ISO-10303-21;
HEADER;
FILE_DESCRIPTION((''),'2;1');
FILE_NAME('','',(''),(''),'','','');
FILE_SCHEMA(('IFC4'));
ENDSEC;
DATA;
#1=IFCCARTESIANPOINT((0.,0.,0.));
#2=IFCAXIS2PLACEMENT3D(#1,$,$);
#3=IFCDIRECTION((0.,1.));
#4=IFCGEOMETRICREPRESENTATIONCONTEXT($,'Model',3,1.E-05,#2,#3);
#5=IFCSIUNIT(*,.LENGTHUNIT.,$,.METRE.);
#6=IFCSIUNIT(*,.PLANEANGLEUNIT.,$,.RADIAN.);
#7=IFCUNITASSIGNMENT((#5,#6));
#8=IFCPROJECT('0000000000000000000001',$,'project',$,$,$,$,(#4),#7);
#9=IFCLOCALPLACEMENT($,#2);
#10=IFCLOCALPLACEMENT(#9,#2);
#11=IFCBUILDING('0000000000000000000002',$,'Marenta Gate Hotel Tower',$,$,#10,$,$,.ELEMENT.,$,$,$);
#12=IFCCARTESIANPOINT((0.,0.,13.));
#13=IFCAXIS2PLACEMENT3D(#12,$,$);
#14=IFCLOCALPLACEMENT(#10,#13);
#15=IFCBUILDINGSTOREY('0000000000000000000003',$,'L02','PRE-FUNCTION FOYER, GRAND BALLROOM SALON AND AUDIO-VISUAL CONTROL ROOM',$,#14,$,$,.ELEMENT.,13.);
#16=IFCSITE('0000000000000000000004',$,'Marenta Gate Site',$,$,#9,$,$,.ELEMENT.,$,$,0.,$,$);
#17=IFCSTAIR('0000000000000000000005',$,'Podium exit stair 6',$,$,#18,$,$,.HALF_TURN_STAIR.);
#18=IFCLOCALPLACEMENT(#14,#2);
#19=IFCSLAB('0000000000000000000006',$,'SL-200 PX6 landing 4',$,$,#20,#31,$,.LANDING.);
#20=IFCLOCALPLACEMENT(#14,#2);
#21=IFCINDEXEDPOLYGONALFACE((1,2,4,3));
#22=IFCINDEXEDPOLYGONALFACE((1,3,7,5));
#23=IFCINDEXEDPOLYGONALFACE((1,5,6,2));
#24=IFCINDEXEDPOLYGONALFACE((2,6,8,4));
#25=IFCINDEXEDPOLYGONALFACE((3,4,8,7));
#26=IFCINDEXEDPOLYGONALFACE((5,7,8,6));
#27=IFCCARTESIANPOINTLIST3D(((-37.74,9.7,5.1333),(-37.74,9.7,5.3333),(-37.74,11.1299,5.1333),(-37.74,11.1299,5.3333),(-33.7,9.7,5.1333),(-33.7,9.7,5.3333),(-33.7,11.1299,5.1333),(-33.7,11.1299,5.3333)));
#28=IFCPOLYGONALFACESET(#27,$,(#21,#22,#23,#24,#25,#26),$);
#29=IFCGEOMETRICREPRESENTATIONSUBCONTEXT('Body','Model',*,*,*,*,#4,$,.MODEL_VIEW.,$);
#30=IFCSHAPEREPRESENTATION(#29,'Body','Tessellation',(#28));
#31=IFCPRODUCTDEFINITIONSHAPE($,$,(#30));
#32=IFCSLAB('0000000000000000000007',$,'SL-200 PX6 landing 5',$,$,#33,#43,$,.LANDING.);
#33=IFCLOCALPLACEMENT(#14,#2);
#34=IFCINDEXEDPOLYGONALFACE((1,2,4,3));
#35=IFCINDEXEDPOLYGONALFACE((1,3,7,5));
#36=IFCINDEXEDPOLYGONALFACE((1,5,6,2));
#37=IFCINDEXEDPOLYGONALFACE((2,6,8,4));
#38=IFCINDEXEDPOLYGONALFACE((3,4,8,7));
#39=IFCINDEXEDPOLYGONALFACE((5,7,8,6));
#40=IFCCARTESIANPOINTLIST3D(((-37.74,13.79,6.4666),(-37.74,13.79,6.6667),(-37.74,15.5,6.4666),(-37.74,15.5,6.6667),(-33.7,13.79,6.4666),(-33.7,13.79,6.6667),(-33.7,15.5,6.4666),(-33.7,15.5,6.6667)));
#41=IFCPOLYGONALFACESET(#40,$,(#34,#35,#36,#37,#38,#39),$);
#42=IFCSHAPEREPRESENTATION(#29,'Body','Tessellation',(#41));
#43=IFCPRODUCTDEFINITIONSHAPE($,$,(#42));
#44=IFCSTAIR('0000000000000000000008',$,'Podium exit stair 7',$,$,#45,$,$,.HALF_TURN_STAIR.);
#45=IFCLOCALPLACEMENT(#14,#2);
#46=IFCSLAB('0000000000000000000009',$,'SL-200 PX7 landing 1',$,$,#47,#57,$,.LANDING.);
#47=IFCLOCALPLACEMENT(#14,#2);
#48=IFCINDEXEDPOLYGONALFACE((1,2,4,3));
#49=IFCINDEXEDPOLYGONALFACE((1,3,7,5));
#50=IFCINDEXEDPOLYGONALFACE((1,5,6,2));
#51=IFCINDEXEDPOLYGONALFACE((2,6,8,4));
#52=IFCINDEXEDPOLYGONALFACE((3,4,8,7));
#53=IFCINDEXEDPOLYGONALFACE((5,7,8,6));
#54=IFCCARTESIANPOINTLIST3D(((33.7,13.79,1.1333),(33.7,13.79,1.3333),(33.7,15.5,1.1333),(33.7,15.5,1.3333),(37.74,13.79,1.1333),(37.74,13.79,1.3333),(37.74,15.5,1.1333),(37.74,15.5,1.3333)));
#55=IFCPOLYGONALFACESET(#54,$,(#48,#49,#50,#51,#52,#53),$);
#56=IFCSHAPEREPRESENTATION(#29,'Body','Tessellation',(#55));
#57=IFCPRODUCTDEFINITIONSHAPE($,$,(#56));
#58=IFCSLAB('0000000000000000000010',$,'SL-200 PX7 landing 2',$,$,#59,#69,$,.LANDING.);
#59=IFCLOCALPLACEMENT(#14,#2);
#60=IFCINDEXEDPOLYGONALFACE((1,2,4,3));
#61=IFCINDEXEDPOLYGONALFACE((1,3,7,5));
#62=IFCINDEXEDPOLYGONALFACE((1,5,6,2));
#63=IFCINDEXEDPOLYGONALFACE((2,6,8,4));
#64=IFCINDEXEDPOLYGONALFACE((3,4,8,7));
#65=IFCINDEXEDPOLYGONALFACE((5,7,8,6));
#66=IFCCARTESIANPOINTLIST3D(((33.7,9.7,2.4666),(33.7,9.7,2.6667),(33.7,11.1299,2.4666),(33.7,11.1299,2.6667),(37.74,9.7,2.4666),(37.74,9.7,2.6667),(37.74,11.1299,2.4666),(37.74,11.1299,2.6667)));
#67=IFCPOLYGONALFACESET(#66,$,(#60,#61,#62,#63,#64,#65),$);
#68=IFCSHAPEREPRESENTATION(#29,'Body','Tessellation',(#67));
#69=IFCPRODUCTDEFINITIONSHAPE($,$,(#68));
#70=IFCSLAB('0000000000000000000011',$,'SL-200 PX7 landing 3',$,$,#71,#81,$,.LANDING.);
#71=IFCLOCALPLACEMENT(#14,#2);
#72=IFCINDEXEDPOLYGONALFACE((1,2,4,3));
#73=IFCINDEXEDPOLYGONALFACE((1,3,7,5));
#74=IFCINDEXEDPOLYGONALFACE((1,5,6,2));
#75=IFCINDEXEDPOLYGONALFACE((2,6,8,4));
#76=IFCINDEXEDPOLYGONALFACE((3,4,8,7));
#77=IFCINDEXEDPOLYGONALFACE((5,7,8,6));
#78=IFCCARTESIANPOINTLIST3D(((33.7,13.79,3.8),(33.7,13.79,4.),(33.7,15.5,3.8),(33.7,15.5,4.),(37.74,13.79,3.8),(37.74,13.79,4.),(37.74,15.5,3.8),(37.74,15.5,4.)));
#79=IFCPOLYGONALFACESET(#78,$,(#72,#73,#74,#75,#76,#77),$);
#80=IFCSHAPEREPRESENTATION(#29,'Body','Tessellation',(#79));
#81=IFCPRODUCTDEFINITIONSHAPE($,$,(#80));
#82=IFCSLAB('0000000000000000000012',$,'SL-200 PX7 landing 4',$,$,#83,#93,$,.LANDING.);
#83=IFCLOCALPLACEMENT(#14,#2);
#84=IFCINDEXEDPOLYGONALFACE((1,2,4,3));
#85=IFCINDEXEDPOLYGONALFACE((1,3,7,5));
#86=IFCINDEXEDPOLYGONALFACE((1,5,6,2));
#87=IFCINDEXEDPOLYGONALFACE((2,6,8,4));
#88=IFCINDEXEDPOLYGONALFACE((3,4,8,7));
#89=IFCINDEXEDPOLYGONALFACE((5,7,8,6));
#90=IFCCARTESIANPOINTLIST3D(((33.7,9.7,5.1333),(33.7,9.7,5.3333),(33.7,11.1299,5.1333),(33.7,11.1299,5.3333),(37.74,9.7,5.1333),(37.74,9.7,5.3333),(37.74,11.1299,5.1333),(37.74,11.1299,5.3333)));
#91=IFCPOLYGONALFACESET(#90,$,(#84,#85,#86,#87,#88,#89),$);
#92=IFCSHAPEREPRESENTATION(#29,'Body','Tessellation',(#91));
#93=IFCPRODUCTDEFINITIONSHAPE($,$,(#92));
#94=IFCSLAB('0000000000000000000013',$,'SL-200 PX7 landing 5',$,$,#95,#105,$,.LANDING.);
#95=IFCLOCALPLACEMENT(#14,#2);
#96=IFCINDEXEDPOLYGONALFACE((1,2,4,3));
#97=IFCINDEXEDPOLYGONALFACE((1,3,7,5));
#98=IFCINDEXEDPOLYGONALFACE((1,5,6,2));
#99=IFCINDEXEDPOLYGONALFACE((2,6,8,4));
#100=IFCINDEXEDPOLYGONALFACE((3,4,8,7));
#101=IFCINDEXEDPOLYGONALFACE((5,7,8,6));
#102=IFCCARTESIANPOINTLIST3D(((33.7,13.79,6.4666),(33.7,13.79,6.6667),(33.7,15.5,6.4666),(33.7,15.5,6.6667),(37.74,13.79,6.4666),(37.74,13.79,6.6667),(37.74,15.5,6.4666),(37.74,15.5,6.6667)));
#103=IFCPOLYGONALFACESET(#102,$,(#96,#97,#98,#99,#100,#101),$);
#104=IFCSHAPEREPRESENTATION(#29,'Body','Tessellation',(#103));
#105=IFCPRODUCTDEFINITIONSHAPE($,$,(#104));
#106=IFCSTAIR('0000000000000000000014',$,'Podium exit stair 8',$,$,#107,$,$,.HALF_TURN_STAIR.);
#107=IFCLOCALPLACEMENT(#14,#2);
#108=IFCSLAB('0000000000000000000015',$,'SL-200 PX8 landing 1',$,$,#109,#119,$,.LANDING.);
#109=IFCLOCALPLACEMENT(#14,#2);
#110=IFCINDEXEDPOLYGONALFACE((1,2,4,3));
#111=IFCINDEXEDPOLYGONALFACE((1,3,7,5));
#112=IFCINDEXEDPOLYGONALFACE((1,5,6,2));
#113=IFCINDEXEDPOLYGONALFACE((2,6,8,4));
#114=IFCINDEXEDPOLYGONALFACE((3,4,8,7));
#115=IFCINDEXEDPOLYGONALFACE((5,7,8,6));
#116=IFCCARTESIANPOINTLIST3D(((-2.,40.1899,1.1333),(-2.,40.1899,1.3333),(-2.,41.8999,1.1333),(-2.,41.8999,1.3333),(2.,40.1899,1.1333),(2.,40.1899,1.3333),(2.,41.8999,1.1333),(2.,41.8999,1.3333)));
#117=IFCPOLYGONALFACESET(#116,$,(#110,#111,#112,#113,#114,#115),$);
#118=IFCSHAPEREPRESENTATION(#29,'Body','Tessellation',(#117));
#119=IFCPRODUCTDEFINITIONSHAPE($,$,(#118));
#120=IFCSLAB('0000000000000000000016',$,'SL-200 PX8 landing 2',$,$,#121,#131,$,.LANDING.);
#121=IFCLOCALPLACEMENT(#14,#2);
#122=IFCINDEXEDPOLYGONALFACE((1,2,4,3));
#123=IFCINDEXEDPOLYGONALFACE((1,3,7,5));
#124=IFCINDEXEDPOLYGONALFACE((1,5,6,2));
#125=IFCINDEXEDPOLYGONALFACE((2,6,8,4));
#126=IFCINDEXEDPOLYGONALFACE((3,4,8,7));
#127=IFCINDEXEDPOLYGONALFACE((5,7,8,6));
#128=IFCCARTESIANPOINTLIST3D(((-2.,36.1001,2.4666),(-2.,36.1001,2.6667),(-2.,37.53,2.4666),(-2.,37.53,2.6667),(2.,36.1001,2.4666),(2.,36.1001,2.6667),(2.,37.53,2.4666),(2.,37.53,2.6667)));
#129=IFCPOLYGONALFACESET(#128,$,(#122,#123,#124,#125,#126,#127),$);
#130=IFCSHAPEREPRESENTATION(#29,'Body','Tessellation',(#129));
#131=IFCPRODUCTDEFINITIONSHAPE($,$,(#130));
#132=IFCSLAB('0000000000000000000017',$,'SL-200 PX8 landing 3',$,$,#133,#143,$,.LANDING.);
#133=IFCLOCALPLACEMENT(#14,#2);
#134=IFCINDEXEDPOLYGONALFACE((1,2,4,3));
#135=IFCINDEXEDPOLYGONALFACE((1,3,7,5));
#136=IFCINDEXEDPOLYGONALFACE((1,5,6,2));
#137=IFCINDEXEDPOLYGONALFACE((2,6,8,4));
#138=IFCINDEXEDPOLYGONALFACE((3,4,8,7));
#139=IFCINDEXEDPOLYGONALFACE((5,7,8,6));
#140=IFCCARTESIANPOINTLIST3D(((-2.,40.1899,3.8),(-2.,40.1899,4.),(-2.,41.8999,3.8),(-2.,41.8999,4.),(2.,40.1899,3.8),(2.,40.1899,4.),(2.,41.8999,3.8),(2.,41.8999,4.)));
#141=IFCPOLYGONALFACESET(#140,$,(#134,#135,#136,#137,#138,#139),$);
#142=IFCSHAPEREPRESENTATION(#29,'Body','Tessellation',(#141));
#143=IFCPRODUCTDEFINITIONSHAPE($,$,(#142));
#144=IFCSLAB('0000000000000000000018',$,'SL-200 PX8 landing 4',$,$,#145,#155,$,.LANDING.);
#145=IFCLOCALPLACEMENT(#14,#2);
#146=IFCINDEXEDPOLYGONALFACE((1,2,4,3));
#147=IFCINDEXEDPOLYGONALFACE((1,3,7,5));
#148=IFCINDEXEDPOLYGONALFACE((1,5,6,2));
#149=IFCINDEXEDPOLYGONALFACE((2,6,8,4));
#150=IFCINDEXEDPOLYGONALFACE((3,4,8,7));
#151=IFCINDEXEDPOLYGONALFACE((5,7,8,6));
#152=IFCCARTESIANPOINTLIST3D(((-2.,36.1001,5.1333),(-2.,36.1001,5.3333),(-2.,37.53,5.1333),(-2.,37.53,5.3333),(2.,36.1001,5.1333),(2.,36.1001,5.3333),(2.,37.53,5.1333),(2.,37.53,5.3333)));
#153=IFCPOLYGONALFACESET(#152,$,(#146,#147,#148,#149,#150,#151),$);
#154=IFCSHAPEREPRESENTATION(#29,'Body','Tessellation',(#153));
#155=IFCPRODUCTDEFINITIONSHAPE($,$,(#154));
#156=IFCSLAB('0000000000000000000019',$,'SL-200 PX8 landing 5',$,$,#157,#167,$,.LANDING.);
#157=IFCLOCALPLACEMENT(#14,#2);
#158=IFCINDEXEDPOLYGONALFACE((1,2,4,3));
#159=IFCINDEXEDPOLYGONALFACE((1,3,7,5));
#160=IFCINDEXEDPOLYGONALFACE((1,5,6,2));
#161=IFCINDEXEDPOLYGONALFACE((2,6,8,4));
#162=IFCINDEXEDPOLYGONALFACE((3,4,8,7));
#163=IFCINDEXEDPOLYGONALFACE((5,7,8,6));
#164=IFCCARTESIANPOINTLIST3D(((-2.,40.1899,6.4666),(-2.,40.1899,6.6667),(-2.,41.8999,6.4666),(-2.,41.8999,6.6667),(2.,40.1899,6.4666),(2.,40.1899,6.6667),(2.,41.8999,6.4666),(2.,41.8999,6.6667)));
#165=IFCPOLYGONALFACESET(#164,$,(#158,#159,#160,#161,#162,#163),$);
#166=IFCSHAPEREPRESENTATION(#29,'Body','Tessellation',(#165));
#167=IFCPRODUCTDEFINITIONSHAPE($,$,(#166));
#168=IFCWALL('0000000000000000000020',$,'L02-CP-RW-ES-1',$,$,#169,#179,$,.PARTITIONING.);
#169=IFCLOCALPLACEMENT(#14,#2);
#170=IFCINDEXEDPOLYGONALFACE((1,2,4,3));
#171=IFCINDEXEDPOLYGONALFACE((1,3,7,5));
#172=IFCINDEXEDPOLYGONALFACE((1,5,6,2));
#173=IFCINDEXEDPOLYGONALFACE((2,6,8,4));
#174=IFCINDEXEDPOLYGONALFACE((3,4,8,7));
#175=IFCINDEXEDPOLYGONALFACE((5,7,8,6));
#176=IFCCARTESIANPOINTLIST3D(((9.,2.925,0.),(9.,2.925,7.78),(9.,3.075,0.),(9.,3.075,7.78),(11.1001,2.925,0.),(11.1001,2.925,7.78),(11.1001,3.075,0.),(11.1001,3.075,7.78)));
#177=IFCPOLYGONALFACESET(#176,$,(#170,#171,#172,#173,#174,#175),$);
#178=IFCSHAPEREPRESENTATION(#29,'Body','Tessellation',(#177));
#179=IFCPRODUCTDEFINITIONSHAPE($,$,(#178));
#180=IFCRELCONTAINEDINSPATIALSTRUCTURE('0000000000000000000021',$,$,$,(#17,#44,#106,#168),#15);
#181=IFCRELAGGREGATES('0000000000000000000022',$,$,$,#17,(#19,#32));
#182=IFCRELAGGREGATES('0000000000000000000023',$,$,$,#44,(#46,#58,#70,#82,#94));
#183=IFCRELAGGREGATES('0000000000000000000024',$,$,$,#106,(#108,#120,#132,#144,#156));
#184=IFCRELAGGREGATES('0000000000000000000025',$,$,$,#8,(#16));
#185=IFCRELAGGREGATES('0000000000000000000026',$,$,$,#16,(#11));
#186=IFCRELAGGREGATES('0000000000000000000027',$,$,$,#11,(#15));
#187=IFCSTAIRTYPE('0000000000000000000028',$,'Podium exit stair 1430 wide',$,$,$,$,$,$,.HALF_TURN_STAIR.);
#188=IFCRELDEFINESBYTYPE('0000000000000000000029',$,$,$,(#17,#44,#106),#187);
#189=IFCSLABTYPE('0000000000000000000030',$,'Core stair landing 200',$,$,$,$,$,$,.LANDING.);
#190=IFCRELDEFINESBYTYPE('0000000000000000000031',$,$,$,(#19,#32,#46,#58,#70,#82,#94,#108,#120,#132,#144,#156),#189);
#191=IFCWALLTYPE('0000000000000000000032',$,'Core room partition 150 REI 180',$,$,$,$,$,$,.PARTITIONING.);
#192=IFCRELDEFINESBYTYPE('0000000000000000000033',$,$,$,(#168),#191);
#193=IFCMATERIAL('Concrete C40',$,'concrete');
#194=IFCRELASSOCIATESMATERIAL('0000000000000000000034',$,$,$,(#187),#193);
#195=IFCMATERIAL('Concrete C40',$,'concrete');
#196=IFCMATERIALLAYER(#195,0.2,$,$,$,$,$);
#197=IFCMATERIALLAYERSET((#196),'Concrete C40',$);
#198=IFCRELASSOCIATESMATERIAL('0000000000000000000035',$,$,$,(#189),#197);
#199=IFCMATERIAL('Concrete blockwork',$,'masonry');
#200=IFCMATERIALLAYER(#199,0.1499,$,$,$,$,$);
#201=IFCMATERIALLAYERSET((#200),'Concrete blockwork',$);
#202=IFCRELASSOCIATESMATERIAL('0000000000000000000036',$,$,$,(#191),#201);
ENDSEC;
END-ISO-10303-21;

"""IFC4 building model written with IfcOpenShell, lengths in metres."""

from ifc_helpers import new_model, si_unit, direction, frame, frame_2d, origin, place, context, subcontext, project, spatial, polyline, rectangle, outline, extrude, material, layer, layer_set, type_object, element, aggregate, save


model = new_model("IFC4")

# Units and contexts
model_context = context("Model", 3, precision=1e-05, world=origin(), true_north=direction((0.0, 1.0)))
body_context = subcontext(model_context, "Body", "Model", "MODEL_VIEW")
ifc_project = project(units=[si_unit("LENGTHUNIT", "METRE"), si_unit("PLANEANGLEUNIT", "RADIAN")], contexts=[model_context])

# Site, building, storey
site_placement = place(None, origin())
site = spatial("IfcSite", under=ifc_project, at=site_placement, Name="Marenta Gate Site", CompositionType="ELEMENT", RefElevation=0.0)
building_placement = place(site_placement, origin())
building = spatial("IfcBuilding", under=site, at=building_placement, Name="Marenta Gate Hotel Tower", CompositionType="ELEMENT")
storey_placement = place(building_placement, frame((0.0, 0.0, 13.0)))
storey = spatial("IfcBuildingStorey", under=building, at=storey_placement, Name="L02", Description="PRE-FUNCTION FOYER, GRAND BALLROOM SALON AND AUDIO-VISUAL CONTROL ROOM", CompositionType="ELEMENT", Elevation=13.0)

# Stairs, slabs
ifc_material_1 = material(Name="Concrete C40", Category="concrete")
stair_type_1 = type_object("IfcStairType", Name="Podium exit stair 1430 wide", PredefinedType="HALF_TURN_STAIR", material=ifc_material_1)
stair_1_placement = place(storey_placement, origin())
stair_1 = element("IfcStair", 1, at=stair_1_placement, inside=storey, type_object=stair_type_1, Name="Podium exit stair 6", PredefinedType="HALF_TURN_STAIR")
ifc_material_2 = material(Name="Concrete C40", Category="concrete")
ifc_layer_1 = layer(ifc_material_2, 0.2)
ifc_layer_set_1 = layer_set([ifc_layer_1], Name="Concrete C40")
slab_type = type_object("IfcSlabType", Name="Core stair landing 200", PredefinedType="LANDING", material=ifc_layer_set_1)
slab_1_placement = place(storey_placement, frame((0.0, 0.0, 5.1333)))
slab_1 = element("IfcSlab", 2, at=slab_1_placement, type_object=slab_type, Name="SL-200 PX6 landing 4", PredefinedType="LANDING", context=body_context, shape_type="SweptSolid", body=[
    extrude(outline(polyline([(-37.74, 9.7), (-33.7, 9.7), (-33.7, 11.1299), (-37.74, 11.1299), (-37.74, 9.7)])), origin(), (0.0, 0.0, 1.0), 0.2),
])
slab_2_placement = place(storey_placement, frame((0.0, 0.0, 6.4666)))
slab_2 = element("IfcSlab", 3, at=slab_2_placement, type_object=slab_type, Name="SL-200 PX6 landing 5", PredefinedType="LANDING", context=body_context, shape_type="SweptSolid", body=[
    extrude(outline(polyline([(-37.74, 13.79), (-33.7, 13.79), (-33.7, 15.5), (-37.74, 15.5), (-37.74, 13.79)])), origin(), (0.0, 0.0, 1.0), 0.2002),
])
aggregate(stair_1, [slab_1, slab_2])
stair_2_placement = place(storey_placement, origin())
stair_2 = element("IfcStair", 4, at=stair_2_placement, inside=storey, type_object=stair_type_1, Name="Podium exit stair 7", PredefinedType="HALF_TURN_STAIR")
slab_3_placement = place(storey_placement, frame((0.0, 0.0, 1.1333)))
slab_3 = element("IfcSlab", 5, at=slab_3_placement, type_object=slab_type, Name="SL-200 PX7 landing 1", PredefinedType="LANDING", context=body_context, shape_type="SweptSolid", body=[
    extrude(outline(polyline([(33.7, 13.79), (37.74, 13.79), (37.74, 15.5), (33.7, 15.5), (33.7, 13.79)])), origin(), (0.0, 0.0, 1.0), 0.2),
])
slab_4_placement = place(storey_placement, frame((0.0, 0.0, 2.4666)))
slab_4 = element("IfcSlab", 6, at=slab_4_placement, type_object=slab_type, Name="SL-200 PX7 landing 2", PredefinedType="LANDING", context=body_context, shape_type="SweptSolid", body=[
    extrude(outline(polyline([(33.7, 9.7), (37.74, 9.7), (37.74, 11.1299), (33.7, 11.1299), (33.7, 9.7)])), origin(), (0.0, 0.0, 1.0), 0.2002),
])
slab_5_placement = place(storey_placement, frame((0.0, 0.0, 3.8)))
slab_5 = element("IfcSlab", 7, at=slab_5_placement, type_object=slab_type, Name="SL-200 PX7 landing 3", PredefinedType="LANDING", context=body_context, shape_type="SweptSolid", body=[
    extrude(outline(polyline([(33.7, 13.79), (37.74, 13.79), (37.74, 15.5), (33.7, 15.5), (33.7, 13.79)])), origin(), (0.0, 0.0, 1.0), 0.2),
])
slab_6_placement = place(storey_placement, frame((0.0, 0.0, 5.1333)))
slab_6 = element("IfcSlab", 8, at=slab_6_placement, type_object=slab_type, Name="SL-200 PX7 landing 4", PredefinedType="LANDING", context=body_context, shape_type="SweptSolid", body=[
    extrude(outline(polyline([(33.7, 9.7), (37.74, 9.7), (37.74, 11.1299), (33.7, 11.1299), (33.7, 9.7)])), origin(), (0.0, 0.0, 1.0), 0.2),
])
slab_7_placement = place(storey_placement, frame((0.0, 0.0, 6.4666)))
slab_7 = element("IfcSlab", 9, at=slab_7_placement, type_object=slab_type, Name="SL-200 PX7 landing 5", PredefinedType="LANDING", context=body_context, shape_type="SweptSolid", body=[
    extrude(outline(polyline([(33.7, 13.79), (37.74, 13.79), (37.74, 15.5), (33.7, 15.5), (33.7, 13.79)])), origin(), (0.0, 0.0, 1.0), 0.2002),
])
aggregate(stair_2, [slab_3, slab_4, slab_5, slab_6, slab_7])
stair_3_placement = place(storey_placement, origin())
stair_3 = element("IfcStair", 10, at=stair_3_placement, inside=storey, type_object=stair_type_1, Name="Podium exit stair 8", PredefinedType="HALF_TURN_STAIR")
slab_8_placement = place(storey_placement, frame((0.0, 0.0, 1.1333)))
slab_8 = element("IfcSlab", 11, at=slab_8_placement, type_object=slab_type, Name="SL-200 PX8 landing 1", PredefinedType="LANDING", context=body_context, shape_type="SweptSolid", body=[
    extrude(outline(polyline([(-2.0, 40.1899), (2.0, 40.1899), (2.0, 41.8999), (-2.0, 41.8999), (-2.0, 40.1899)])), origin(), (0.0, 0.0, 1.0), 0.2),
])
slab_9_placement = place(storey_placement, frame((0.0, 0.0, 2.4666)))
slab_9 = element("IfcSlab", 12, at=slab_9_placement, type_object=slab_type, Name="SL-200 PX8 landing 2", PredefinedType="LANDING", context=body_context, shape_type="SweptSolid", body=[
    extrude(outline(polyline([(-2.0, 36.1001), (2.0, 36.1001), (2.0, 37.53), (-2.0, 37.53), (-2.0, 36.1001)])), origin(), (0.0, 0.0, 1.0), 0.2002),
])
slab_10_placement = place(storey_placement, frame((0.0, 0.0, 3.8)))
slab_10 = element("IfcSlab", 13, at=slab_10_placement, type_object=slab_type, Name="SL-200 PX8 landing 3", PredefinedType="LANDING", context=body_context, shape_type="SweptSolid", body=[
    extrude(outline(polyline([(-2.0, 40.1899), (2.0, 40.1899), (2.0, 41.8999), (-2.0, 41.8999), (-2.0, 40.1899)])), origin(), (0.0, 0.0, 1.0), 0.2),
])
slab_11_placement = place(storey_placement, frame((0.0, 0.0, 5.1333)))
slab_11 = element("IfcSlab", 14, at=slab_11_placement, type_object=slab_type, Name="SL-200 PX8 landing 4", PredefinedType="LANDING", context=body_context, shape_type="SweptSolid", body=[
    extrude(outline(polyline([(-2.0, 36.1001), (2.0, 36.1001), (2.0, 37.53), (-2.0, 37.53), (-2.0, 36.1001)])), origin(), (0.0, 0.0, 1.0), 0.2),
])
slab_12_placement = place(storey_placement, frame((0.0, 0.0, 6.4666)))
slab_12 = element("IfcSlab", 15, at=slab_12_placement, type_object=slab_type, Name="SL-200 PX8 landing 5", PredefinedType="LANDING", context=body_context, shape_type="SweptSolid", body=[
    extrude(outline(polyline([(-2.0, 40.1899), (2.0, 40.1899), (2.0, 41.8999), (-2.0, 41.8999), (-2.0, 40.1899)])), origin(), (0.0, 0.0, 1.0), 0.2002),
])
aggregate(stair_3, [slab_8, slab_9, slab_10, slab_11, slab_12])

# Wall
ifc_material_3 = material(Name="Concrete blockwork", Category="masonry")
ifc_layer_2 = layer(ifc_material_3, 0.1499)
ifc_layer_set_2 = layer_set([ifc_layer_2], Name="Concrete blockwork")
wall_type_1 = type_object("IfcWallType", Name="Core room partition 150 REI 180", PredefinedType="PARTITIONING", material=ifc_layer_set_2)
wall_1_placement = place(storey_placement, frame((9.0, 3.0, 0.0), z_axis=(0.0, 0.0, 1.0), x_axis=(1.0, 0.0, 0.0)))
element("IfcWall", 16, at=wall_1_placement, inside=storey, type_object=wall_type_1, Name="L02-CP-RW-ES-1", PredefinedType="PARTITIONING", context=body_context, shape_type="SweptSolid", body=[
    extrude(rectangle(XDim=2.1001, YDim=0.1499, at=frame_2d((1.05, 0.0))), origin(), (0.0, 0.0, 1.0), 7.78),
])

save(model, "model.ifc")
